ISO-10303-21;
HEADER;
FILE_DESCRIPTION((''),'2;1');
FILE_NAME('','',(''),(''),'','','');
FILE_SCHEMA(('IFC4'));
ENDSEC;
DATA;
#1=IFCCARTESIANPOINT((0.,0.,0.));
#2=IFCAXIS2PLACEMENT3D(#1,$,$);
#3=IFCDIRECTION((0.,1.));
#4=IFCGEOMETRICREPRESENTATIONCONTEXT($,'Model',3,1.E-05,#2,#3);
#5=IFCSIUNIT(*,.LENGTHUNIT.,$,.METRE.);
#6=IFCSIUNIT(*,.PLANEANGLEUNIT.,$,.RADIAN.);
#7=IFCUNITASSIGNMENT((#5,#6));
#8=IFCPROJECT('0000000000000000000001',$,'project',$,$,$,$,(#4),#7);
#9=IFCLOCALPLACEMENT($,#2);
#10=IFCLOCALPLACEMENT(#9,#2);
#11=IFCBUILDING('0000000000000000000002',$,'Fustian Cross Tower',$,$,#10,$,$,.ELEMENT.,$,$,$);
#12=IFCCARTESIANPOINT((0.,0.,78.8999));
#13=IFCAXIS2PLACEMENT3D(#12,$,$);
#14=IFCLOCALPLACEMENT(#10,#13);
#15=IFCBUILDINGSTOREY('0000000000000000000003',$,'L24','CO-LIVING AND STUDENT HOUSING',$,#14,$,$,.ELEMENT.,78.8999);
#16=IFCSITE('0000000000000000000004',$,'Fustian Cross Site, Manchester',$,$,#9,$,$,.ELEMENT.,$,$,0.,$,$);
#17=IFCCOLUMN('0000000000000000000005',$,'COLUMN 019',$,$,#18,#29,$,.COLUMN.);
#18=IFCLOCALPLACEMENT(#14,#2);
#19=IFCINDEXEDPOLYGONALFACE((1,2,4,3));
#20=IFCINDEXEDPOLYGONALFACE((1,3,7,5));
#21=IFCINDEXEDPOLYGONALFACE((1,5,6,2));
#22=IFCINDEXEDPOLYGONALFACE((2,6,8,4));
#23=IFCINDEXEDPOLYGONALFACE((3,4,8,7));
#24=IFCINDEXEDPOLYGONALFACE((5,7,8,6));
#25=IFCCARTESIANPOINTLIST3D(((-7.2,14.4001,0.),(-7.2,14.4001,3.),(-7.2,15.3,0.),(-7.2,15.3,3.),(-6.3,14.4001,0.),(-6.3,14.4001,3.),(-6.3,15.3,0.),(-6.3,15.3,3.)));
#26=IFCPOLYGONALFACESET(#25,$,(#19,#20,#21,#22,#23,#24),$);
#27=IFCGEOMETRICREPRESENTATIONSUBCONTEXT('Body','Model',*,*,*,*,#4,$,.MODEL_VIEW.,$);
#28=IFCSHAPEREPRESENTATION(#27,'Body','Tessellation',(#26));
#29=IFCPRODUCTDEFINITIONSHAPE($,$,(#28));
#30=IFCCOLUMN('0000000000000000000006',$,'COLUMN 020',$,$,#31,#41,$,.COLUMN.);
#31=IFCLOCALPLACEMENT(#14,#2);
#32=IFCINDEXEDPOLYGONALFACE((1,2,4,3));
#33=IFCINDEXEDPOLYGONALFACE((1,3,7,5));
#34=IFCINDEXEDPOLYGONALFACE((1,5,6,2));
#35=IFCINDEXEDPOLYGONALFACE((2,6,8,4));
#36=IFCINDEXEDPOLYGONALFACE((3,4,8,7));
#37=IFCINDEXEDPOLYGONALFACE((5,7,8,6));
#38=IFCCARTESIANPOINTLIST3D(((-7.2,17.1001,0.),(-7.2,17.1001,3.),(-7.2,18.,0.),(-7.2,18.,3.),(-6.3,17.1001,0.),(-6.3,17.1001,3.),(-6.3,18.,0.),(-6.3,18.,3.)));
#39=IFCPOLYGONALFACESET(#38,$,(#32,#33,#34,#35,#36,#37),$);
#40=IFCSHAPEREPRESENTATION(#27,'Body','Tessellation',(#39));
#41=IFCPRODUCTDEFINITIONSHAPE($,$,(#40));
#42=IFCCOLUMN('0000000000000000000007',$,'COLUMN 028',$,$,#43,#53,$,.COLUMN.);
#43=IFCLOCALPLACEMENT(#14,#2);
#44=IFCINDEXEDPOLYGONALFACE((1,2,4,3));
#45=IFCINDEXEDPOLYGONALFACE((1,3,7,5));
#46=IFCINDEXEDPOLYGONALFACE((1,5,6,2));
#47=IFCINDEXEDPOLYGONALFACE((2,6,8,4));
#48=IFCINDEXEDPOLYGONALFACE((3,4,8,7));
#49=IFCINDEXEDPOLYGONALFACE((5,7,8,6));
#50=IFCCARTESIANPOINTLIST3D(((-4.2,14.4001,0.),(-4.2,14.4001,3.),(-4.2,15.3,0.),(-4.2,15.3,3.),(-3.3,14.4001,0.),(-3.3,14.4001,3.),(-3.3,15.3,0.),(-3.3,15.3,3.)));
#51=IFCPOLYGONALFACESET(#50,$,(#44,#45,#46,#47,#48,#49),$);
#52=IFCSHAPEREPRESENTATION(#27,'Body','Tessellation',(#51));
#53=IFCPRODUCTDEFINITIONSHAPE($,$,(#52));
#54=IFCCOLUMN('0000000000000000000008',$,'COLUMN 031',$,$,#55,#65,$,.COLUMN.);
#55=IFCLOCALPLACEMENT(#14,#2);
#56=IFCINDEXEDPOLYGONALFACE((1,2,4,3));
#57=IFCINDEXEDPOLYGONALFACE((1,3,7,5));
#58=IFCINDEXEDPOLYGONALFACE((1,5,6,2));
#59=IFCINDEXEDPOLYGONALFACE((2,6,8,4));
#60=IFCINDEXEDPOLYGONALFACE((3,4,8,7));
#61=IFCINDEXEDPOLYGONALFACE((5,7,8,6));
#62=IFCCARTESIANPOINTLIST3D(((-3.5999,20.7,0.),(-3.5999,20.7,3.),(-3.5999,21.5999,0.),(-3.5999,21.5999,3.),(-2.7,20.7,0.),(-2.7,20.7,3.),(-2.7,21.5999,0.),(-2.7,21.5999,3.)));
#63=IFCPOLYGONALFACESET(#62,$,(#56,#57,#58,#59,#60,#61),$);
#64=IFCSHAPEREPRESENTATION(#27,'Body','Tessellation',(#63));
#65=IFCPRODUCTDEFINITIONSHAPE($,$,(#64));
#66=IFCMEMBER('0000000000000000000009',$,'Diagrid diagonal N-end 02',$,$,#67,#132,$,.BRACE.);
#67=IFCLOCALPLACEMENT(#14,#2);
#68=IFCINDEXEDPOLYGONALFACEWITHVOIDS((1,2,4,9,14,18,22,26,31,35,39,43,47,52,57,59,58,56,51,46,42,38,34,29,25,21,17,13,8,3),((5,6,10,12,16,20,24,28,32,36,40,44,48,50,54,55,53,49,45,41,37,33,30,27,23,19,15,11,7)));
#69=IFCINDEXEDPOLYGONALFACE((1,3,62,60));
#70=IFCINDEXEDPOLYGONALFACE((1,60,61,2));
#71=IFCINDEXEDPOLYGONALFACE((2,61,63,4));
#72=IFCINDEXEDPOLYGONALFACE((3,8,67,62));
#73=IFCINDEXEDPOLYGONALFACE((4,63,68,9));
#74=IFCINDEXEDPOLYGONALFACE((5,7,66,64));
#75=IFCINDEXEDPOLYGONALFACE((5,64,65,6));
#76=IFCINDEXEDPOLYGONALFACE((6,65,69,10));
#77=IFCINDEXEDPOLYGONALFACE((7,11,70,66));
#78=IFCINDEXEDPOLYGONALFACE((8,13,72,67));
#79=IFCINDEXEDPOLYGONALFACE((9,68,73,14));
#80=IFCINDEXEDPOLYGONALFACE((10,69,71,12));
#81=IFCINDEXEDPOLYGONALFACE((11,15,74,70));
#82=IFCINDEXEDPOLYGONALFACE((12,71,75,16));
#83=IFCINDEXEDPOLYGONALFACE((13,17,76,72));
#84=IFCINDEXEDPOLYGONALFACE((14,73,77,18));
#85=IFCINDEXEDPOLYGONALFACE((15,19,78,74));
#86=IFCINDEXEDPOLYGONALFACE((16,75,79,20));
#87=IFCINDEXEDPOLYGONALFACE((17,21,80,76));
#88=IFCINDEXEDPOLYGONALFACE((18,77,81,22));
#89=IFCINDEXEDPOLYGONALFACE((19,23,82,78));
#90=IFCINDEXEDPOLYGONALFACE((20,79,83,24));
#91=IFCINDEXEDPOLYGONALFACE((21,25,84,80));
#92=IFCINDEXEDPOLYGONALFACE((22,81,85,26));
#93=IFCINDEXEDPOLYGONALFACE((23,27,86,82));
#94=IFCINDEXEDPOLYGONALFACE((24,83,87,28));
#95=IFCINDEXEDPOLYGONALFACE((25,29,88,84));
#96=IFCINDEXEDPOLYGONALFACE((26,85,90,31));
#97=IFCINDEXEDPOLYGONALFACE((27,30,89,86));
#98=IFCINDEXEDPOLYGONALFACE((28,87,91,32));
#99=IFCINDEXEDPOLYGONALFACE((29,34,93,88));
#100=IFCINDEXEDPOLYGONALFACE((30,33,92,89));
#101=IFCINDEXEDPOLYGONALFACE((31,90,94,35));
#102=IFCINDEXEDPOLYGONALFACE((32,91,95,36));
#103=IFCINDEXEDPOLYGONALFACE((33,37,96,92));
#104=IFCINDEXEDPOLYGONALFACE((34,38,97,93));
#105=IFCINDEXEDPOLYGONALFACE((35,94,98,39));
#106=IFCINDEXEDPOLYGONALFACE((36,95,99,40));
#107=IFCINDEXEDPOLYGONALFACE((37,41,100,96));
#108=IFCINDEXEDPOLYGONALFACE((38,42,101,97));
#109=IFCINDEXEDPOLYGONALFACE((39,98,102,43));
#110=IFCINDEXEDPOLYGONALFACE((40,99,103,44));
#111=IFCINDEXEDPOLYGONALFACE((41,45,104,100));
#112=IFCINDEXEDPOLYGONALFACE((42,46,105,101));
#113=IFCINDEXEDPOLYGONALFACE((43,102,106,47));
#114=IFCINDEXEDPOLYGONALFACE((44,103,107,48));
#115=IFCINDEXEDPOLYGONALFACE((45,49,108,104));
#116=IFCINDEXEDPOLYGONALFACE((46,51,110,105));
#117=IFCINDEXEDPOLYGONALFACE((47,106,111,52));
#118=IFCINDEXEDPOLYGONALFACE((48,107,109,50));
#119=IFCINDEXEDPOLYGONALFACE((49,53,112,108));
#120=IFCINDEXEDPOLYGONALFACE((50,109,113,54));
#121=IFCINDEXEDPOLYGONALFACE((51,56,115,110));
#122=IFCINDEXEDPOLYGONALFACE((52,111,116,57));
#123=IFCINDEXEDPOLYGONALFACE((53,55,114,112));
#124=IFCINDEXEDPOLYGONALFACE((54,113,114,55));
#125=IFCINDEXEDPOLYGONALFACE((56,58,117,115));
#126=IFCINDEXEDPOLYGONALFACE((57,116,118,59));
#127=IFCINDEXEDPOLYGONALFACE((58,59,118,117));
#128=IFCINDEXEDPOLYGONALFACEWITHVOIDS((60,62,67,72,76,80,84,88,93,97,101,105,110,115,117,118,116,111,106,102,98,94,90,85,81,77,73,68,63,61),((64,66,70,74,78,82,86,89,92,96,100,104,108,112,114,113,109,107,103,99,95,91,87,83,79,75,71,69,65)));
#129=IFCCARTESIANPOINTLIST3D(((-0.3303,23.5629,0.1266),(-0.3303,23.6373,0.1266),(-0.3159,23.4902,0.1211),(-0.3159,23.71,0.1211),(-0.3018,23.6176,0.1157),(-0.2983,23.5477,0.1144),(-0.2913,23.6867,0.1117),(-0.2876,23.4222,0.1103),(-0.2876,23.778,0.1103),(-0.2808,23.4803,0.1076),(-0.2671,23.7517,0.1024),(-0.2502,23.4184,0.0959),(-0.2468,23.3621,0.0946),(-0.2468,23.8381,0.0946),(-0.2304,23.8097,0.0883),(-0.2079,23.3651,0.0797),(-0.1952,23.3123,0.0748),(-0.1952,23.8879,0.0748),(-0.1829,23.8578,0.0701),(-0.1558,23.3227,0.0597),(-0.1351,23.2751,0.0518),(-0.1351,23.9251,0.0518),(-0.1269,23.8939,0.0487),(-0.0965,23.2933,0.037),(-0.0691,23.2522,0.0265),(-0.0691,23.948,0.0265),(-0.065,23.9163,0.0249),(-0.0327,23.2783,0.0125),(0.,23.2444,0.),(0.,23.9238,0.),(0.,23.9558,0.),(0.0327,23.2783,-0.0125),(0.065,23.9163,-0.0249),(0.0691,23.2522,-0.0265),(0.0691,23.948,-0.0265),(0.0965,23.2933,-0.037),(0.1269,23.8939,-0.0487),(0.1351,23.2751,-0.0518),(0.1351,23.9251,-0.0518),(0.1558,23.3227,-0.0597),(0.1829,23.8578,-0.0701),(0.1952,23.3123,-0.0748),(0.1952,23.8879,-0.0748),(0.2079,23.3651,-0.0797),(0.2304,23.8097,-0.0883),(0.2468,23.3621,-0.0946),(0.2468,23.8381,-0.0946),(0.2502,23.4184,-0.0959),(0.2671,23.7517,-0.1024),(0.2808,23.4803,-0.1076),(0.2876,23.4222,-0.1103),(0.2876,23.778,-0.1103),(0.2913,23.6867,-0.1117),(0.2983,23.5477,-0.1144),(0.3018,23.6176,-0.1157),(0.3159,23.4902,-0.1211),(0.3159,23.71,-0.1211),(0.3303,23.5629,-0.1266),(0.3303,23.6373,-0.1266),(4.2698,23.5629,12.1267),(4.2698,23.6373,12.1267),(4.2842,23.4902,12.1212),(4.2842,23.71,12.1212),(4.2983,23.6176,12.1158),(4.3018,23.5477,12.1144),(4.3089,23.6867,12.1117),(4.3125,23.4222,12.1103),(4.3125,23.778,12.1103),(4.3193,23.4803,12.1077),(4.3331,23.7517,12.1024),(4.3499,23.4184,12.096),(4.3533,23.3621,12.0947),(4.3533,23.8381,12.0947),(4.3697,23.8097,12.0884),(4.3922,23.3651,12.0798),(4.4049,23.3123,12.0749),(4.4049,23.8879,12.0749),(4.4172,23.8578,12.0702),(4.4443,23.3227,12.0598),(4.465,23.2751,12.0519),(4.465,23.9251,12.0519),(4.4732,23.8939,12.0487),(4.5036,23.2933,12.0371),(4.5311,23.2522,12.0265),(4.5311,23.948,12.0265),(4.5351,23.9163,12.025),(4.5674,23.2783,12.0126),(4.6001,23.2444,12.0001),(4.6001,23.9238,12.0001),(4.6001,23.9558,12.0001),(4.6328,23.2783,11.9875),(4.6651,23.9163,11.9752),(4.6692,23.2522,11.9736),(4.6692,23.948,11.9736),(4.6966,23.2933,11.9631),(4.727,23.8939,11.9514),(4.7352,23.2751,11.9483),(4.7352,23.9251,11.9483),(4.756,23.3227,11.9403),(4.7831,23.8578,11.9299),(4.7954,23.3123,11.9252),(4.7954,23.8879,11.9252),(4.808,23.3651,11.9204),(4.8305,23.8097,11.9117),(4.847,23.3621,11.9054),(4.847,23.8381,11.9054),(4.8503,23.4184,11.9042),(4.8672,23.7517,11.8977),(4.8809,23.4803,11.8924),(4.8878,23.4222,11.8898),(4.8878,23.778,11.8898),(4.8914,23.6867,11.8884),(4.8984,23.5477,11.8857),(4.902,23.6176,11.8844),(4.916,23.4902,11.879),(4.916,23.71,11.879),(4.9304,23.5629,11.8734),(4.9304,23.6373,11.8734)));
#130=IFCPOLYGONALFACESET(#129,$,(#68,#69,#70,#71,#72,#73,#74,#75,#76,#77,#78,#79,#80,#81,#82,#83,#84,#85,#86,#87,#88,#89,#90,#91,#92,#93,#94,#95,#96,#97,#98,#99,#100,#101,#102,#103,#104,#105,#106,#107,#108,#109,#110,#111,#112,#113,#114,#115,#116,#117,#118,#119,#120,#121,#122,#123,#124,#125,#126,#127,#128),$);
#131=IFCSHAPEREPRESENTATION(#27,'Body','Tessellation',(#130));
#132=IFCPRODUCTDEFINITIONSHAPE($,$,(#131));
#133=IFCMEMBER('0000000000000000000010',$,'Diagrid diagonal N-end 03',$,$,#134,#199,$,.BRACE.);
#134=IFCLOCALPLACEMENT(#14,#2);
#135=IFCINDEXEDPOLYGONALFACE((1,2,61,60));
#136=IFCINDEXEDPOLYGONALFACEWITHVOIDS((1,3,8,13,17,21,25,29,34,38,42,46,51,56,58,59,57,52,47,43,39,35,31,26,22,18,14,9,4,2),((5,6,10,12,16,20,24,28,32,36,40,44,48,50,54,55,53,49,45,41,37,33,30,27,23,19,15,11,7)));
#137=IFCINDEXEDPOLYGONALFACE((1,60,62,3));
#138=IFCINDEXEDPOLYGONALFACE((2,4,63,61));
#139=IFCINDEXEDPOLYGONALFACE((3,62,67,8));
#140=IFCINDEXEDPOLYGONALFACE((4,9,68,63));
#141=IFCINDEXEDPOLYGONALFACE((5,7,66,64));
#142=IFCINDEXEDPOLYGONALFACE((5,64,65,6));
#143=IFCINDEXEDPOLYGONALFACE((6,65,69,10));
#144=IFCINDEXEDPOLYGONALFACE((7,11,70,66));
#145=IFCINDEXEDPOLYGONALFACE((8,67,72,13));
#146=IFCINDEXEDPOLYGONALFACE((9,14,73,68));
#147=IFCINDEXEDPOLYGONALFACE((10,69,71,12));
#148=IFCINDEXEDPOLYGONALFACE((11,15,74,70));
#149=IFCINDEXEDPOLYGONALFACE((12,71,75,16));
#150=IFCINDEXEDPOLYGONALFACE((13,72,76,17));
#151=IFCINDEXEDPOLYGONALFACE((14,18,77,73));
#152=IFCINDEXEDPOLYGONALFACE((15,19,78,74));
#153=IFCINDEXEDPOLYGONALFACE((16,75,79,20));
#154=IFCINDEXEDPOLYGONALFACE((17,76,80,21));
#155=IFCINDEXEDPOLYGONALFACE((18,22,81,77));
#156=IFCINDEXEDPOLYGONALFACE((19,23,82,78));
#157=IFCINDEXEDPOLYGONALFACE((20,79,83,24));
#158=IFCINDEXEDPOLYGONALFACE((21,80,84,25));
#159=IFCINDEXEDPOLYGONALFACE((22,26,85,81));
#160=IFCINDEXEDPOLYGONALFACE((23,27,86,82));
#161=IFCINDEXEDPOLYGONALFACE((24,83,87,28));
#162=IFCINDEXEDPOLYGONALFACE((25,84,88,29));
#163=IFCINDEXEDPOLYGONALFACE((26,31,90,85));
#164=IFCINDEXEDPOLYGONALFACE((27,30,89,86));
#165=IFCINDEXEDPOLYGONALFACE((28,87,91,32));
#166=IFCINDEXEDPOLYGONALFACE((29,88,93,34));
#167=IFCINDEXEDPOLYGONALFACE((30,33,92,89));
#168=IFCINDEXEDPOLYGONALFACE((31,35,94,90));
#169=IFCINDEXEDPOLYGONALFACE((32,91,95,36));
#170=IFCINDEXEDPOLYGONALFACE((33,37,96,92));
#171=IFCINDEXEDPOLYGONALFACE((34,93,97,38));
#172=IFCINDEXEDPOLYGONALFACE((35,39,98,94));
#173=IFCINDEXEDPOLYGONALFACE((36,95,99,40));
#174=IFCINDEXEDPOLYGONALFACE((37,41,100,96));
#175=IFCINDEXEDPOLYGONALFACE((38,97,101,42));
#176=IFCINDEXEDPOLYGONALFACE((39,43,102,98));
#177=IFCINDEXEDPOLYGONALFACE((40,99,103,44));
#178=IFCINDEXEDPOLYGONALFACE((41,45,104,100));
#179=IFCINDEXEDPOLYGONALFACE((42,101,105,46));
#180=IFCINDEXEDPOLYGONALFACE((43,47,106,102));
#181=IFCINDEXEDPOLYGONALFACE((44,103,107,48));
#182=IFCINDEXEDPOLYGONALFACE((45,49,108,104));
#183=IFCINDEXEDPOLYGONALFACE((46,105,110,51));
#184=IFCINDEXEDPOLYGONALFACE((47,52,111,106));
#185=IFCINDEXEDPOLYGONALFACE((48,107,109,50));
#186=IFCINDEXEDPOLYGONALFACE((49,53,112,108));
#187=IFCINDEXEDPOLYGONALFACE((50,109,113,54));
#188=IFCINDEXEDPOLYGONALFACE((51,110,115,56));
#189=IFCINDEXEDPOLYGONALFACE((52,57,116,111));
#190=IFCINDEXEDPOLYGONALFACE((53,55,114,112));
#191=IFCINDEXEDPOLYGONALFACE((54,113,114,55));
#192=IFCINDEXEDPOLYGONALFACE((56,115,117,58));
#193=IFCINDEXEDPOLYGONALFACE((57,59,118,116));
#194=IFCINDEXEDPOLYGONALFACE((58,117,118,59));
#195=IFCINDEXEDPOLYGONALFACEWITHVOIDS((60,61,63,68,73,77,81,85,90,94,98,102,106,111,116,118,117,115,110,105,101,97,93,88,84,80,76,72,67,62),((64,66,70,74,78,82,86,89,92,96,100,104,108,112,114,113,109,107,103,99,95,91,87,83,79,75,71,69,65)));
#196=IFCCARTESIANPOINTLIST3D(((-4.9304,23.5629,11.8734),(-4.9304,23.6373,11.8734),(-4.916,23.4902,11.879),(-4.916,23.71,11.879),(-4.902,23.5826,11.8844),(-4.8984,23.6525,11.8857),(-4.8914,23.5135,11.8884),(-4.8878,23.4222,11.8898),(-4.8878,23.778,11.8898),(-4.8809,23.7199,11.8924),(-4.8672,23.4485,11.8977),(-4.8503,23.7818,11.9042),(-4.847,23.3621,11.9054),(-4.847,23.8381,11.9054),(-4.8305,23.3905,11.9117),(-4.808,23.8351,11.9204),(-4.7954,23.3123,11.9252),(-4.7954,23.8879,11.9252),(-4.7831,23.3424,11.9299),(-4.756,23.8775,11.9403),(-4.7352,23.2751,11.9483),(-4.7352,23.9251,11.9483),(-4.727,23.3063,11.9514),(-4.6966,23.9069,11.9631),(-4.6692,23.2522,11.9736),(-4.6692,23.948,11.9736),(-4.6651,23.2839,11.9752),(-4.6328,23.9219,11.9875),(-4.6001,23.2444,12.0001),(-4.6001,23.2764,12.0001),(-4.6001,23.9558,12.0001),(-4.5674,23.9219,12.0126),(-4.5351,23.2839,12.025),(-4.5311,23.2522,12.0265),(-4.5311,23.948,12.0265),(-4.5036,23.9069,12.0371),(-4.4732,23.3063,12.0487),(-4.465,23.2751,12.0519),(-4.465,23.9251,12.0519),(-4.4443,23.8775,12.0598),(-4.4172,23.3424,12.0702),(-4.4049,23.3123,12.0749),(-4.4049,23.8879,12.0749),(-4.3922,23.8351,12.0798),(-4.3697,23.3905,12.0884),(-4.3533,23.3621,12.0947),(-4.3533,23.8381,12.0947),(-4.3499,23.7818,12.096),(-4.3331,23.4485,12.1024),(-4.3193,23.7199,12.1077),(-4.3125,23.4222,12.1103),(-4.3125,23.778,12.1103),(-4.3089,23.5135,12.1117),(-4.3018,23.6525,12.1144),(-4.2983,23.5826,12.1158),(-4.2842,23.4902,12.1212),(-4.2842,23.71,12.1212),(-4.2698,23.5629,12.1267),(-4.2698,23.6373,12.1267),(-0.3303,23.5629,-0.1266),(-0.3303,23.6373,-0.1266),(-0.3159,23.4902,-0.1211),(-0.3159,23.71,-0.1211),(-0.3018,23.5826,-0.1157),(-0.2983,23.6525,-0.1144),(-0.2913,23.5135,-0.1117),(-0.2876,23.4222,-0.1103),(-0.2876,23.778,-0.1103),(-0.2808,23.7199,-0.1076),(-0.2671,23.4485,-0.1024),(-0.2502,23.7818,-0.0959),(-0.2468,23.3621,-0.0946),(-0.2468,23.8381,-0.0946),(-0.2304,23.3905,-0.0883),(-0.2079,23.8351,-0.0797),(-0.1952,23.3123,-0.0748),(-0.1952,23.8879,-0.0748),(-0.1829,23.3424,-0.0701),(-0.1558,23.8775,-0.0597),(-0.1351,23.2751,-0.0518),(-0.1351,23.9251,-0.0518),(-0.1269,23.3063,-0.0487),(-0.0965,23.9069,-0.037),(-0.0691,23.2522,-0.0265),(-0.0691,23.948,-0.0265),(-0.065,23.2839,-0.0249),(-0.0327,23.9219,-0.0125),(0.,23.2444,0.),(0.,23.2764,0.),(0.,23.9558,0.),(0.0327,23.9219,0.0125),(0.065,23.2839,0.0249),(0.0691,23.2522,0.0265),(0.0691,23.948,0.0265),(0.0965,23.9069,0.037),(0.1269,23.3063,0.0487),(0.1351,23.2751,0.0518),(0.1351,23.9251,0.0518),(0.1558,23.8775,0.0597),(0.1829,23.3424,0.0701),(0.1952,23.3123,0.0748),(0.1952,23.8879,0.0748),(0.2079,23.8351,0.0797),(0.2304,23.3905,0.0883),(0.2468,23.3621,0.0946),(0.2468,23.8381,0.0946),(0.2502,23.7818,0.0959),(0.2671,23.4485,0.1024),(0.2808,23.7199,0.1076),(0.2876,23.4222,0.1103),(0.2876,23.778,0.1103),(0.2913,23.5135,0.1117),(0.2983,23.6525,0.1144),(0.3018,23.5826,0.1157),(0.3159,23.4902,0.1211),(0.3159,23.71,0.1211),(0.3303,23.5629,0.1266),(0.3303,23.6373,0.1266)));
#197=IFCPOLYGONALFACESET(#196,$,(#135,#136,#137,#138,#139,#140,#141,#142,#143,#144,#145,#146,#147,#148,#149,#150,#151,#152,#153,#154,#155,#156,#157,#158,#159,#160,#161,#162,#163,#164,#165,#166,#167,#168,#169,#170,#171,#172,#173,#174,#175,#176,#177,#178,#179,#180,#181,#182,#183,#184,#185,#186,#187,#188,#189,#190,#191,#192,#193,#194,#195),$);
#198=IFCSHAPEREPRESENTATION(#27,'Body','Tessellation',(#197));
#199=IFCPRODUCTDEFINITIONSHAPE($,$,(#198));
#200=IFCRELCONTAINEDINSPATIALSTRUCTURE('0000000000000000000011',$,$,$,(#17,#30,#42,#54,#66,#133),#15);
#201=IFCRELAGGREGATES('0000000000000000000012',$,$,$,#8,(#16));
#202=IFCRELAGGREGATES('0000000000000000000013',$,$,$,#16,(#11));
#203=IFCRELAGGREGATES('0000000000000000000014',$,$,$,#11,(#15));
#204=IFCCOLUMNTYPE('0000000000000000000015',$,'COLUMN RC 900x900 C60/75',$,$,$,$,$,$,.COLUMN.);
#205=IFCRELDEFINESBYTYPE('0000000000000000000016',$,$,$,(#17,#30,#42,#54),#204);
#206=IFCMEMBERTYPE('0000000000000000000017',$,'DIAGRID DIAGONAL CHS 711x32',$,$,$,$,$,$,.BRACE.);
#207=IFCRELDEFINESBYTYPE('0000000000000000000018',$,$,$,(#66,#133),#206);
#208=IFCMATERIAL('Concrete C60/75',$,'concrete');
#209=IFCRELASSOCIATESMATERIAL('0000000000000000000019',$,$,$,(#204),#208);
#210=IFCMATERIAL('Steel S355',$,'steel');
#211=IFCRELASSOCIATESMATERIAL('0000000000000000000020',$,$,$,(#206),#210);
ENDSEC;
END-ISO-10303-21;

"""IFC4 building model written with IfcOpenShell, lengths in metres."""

from ifc_helpers import new_model, si_unit, direction, frame, origin, origin_2d, place, context, subcontext, project, spatial, rectangle, hollow_circle, extrude, material, material_profile, profile_set, type_object, element, save


model = new_model("IFC4")

# Units and contexts
model_context = context("Model", 3, precision=1e-05, world=origin(), true_north=direction((0.0, 1.0)))
body_context = subcontext(model_context, "Body", "Model", "MODEL_VIEW")
ifc_project = project(units=[si_unit("LENGTHUNIT", "METRE"), si_unit("PLANEANGLEUNIT", "RADIAN")], contexts=[model_context])

# Site, building, storey
site_placement = place(None, origin())
site = spatial("IfcSite", under=ifc_project, at=site_placement, Name="Fustian Cross Site, Manchester", CompositionType="ELEMENT", RefElevation=0.0)
building_placement = place(site_placement, origin())
building = spatial("IfcBuilding", under=site, at=building_placement, Name="Fustian Cross Tower", CompositionType="ELEMENT")
storey_placement = place(building_placement, frame((0.0, 0.0, 78.8999)))
storey = spatial("IfcBuildingStorey", under=building, at=storey_placement, Name="L24", Description="CO-LIVING AND STUDENT HOUSING", CompositionType="ELEMENT", Elevation=78.8999)

# Columns
ifc_material_1 = material(Name="Concrete C60/75", Category="concrete")
ifc_material_profile_1 = material_profile(ifc_material_1, rectangle(XDim=0.8999, YDim=0.8999, at=origin_2d()), Name="RC 900x900")
ifc_profile_set_1 = profile_set([ifc_material_profile_1], Name="Concrete C60/75")
column_type = type_object("IfcColumnType", Name="COLUMN RC 900x900 C60/75", PredefinedType="COLUMN", material=ifc_profile_set_1)
for number, where, z_axis, x_axis, name in (
    (1, (-6.75, 14.8501, 0.0), (0.0, 0.0, 1.0), (1.0, 0.0, 0.0), "COLUMN 019"),
    (2, (-6.75, 17.55, 0.0), (0.0, 0.0, 1.0), (1.0, 0.0, 0.0), "COLUMN 020"),
    (3, (-3.75, 14.8501, 0.0), (0.0, 0.0, 1.0), (1.0, 0.0, 0.0), "COLUMN 028"),
    (4, (-3.1499, 21.1499, 0.0), (0.0, 0.0, 1.0), (1.0, 0.0, 0.0), "COLUMN 031"),
):
    element("IfcColumn", number, at=place(storey_placement, frame(where, z_axis=z_axis, x_axis=x_axis)), inside=storey, type_object=column_type, Name=name, PredefinedType="COLUMN", context=body_context, shape_type="SweptSolid", body=[
        extrude(rectangle(XDim=0.8999, YDim=0.8999, at=origin_2d()), origin(), (0.0, 0.0, 1.0), 3.0),
    ])

# Members
ifc_material_2 = material(Name="Steel S355", Category="steel")
ifc_material_profile_2 = material_profile(ifc_material_2, hollow_circle(Radius=0.3557, WallThickness=0.032, at=origin_2d()), Name="CHS 711x32")
ifc_profile_set_2 = profile_set([ifc_material_profile_2], Name="Steel S355")
member_type_1 = type_object("IfcMemberType", Name="DIAGRID DIAGONAL CHS 711x32", PredefinedType="BRACE", material=ifc_profile_set_2)
for number, where, z_axis, x_axis, name in (
    (5, (0.0, 23.6001, 0.0), (0.357943, 0.0, 0.933744), (0.0, 1.0, 0.0), "Diagrid diagonal N-end 02"),
    (6, (0.0, 23.6001, 0.0), (-0.357943, 0.0, 0.933744), (0.0, -1.0, 0.0), "Diagrid diagonal N-end 03"),
):
    element("IfcMember", number, at=place(storey_placement, frame(where, z_axis=z_axis, x_axis=x_axis)), inside=storey, type_object=member_type_1, Name=name, PredefinedType="BRACE", context=body_context, shape_type="SweptSolid", body=[
        extrude(hollow_circle(Radius=0.3557, WallThickness=0.032, at=origin_2d()), origin(), (0.0, 0.0, 1.0), 12.8516),
    ])

save(model, "model.ifc")
